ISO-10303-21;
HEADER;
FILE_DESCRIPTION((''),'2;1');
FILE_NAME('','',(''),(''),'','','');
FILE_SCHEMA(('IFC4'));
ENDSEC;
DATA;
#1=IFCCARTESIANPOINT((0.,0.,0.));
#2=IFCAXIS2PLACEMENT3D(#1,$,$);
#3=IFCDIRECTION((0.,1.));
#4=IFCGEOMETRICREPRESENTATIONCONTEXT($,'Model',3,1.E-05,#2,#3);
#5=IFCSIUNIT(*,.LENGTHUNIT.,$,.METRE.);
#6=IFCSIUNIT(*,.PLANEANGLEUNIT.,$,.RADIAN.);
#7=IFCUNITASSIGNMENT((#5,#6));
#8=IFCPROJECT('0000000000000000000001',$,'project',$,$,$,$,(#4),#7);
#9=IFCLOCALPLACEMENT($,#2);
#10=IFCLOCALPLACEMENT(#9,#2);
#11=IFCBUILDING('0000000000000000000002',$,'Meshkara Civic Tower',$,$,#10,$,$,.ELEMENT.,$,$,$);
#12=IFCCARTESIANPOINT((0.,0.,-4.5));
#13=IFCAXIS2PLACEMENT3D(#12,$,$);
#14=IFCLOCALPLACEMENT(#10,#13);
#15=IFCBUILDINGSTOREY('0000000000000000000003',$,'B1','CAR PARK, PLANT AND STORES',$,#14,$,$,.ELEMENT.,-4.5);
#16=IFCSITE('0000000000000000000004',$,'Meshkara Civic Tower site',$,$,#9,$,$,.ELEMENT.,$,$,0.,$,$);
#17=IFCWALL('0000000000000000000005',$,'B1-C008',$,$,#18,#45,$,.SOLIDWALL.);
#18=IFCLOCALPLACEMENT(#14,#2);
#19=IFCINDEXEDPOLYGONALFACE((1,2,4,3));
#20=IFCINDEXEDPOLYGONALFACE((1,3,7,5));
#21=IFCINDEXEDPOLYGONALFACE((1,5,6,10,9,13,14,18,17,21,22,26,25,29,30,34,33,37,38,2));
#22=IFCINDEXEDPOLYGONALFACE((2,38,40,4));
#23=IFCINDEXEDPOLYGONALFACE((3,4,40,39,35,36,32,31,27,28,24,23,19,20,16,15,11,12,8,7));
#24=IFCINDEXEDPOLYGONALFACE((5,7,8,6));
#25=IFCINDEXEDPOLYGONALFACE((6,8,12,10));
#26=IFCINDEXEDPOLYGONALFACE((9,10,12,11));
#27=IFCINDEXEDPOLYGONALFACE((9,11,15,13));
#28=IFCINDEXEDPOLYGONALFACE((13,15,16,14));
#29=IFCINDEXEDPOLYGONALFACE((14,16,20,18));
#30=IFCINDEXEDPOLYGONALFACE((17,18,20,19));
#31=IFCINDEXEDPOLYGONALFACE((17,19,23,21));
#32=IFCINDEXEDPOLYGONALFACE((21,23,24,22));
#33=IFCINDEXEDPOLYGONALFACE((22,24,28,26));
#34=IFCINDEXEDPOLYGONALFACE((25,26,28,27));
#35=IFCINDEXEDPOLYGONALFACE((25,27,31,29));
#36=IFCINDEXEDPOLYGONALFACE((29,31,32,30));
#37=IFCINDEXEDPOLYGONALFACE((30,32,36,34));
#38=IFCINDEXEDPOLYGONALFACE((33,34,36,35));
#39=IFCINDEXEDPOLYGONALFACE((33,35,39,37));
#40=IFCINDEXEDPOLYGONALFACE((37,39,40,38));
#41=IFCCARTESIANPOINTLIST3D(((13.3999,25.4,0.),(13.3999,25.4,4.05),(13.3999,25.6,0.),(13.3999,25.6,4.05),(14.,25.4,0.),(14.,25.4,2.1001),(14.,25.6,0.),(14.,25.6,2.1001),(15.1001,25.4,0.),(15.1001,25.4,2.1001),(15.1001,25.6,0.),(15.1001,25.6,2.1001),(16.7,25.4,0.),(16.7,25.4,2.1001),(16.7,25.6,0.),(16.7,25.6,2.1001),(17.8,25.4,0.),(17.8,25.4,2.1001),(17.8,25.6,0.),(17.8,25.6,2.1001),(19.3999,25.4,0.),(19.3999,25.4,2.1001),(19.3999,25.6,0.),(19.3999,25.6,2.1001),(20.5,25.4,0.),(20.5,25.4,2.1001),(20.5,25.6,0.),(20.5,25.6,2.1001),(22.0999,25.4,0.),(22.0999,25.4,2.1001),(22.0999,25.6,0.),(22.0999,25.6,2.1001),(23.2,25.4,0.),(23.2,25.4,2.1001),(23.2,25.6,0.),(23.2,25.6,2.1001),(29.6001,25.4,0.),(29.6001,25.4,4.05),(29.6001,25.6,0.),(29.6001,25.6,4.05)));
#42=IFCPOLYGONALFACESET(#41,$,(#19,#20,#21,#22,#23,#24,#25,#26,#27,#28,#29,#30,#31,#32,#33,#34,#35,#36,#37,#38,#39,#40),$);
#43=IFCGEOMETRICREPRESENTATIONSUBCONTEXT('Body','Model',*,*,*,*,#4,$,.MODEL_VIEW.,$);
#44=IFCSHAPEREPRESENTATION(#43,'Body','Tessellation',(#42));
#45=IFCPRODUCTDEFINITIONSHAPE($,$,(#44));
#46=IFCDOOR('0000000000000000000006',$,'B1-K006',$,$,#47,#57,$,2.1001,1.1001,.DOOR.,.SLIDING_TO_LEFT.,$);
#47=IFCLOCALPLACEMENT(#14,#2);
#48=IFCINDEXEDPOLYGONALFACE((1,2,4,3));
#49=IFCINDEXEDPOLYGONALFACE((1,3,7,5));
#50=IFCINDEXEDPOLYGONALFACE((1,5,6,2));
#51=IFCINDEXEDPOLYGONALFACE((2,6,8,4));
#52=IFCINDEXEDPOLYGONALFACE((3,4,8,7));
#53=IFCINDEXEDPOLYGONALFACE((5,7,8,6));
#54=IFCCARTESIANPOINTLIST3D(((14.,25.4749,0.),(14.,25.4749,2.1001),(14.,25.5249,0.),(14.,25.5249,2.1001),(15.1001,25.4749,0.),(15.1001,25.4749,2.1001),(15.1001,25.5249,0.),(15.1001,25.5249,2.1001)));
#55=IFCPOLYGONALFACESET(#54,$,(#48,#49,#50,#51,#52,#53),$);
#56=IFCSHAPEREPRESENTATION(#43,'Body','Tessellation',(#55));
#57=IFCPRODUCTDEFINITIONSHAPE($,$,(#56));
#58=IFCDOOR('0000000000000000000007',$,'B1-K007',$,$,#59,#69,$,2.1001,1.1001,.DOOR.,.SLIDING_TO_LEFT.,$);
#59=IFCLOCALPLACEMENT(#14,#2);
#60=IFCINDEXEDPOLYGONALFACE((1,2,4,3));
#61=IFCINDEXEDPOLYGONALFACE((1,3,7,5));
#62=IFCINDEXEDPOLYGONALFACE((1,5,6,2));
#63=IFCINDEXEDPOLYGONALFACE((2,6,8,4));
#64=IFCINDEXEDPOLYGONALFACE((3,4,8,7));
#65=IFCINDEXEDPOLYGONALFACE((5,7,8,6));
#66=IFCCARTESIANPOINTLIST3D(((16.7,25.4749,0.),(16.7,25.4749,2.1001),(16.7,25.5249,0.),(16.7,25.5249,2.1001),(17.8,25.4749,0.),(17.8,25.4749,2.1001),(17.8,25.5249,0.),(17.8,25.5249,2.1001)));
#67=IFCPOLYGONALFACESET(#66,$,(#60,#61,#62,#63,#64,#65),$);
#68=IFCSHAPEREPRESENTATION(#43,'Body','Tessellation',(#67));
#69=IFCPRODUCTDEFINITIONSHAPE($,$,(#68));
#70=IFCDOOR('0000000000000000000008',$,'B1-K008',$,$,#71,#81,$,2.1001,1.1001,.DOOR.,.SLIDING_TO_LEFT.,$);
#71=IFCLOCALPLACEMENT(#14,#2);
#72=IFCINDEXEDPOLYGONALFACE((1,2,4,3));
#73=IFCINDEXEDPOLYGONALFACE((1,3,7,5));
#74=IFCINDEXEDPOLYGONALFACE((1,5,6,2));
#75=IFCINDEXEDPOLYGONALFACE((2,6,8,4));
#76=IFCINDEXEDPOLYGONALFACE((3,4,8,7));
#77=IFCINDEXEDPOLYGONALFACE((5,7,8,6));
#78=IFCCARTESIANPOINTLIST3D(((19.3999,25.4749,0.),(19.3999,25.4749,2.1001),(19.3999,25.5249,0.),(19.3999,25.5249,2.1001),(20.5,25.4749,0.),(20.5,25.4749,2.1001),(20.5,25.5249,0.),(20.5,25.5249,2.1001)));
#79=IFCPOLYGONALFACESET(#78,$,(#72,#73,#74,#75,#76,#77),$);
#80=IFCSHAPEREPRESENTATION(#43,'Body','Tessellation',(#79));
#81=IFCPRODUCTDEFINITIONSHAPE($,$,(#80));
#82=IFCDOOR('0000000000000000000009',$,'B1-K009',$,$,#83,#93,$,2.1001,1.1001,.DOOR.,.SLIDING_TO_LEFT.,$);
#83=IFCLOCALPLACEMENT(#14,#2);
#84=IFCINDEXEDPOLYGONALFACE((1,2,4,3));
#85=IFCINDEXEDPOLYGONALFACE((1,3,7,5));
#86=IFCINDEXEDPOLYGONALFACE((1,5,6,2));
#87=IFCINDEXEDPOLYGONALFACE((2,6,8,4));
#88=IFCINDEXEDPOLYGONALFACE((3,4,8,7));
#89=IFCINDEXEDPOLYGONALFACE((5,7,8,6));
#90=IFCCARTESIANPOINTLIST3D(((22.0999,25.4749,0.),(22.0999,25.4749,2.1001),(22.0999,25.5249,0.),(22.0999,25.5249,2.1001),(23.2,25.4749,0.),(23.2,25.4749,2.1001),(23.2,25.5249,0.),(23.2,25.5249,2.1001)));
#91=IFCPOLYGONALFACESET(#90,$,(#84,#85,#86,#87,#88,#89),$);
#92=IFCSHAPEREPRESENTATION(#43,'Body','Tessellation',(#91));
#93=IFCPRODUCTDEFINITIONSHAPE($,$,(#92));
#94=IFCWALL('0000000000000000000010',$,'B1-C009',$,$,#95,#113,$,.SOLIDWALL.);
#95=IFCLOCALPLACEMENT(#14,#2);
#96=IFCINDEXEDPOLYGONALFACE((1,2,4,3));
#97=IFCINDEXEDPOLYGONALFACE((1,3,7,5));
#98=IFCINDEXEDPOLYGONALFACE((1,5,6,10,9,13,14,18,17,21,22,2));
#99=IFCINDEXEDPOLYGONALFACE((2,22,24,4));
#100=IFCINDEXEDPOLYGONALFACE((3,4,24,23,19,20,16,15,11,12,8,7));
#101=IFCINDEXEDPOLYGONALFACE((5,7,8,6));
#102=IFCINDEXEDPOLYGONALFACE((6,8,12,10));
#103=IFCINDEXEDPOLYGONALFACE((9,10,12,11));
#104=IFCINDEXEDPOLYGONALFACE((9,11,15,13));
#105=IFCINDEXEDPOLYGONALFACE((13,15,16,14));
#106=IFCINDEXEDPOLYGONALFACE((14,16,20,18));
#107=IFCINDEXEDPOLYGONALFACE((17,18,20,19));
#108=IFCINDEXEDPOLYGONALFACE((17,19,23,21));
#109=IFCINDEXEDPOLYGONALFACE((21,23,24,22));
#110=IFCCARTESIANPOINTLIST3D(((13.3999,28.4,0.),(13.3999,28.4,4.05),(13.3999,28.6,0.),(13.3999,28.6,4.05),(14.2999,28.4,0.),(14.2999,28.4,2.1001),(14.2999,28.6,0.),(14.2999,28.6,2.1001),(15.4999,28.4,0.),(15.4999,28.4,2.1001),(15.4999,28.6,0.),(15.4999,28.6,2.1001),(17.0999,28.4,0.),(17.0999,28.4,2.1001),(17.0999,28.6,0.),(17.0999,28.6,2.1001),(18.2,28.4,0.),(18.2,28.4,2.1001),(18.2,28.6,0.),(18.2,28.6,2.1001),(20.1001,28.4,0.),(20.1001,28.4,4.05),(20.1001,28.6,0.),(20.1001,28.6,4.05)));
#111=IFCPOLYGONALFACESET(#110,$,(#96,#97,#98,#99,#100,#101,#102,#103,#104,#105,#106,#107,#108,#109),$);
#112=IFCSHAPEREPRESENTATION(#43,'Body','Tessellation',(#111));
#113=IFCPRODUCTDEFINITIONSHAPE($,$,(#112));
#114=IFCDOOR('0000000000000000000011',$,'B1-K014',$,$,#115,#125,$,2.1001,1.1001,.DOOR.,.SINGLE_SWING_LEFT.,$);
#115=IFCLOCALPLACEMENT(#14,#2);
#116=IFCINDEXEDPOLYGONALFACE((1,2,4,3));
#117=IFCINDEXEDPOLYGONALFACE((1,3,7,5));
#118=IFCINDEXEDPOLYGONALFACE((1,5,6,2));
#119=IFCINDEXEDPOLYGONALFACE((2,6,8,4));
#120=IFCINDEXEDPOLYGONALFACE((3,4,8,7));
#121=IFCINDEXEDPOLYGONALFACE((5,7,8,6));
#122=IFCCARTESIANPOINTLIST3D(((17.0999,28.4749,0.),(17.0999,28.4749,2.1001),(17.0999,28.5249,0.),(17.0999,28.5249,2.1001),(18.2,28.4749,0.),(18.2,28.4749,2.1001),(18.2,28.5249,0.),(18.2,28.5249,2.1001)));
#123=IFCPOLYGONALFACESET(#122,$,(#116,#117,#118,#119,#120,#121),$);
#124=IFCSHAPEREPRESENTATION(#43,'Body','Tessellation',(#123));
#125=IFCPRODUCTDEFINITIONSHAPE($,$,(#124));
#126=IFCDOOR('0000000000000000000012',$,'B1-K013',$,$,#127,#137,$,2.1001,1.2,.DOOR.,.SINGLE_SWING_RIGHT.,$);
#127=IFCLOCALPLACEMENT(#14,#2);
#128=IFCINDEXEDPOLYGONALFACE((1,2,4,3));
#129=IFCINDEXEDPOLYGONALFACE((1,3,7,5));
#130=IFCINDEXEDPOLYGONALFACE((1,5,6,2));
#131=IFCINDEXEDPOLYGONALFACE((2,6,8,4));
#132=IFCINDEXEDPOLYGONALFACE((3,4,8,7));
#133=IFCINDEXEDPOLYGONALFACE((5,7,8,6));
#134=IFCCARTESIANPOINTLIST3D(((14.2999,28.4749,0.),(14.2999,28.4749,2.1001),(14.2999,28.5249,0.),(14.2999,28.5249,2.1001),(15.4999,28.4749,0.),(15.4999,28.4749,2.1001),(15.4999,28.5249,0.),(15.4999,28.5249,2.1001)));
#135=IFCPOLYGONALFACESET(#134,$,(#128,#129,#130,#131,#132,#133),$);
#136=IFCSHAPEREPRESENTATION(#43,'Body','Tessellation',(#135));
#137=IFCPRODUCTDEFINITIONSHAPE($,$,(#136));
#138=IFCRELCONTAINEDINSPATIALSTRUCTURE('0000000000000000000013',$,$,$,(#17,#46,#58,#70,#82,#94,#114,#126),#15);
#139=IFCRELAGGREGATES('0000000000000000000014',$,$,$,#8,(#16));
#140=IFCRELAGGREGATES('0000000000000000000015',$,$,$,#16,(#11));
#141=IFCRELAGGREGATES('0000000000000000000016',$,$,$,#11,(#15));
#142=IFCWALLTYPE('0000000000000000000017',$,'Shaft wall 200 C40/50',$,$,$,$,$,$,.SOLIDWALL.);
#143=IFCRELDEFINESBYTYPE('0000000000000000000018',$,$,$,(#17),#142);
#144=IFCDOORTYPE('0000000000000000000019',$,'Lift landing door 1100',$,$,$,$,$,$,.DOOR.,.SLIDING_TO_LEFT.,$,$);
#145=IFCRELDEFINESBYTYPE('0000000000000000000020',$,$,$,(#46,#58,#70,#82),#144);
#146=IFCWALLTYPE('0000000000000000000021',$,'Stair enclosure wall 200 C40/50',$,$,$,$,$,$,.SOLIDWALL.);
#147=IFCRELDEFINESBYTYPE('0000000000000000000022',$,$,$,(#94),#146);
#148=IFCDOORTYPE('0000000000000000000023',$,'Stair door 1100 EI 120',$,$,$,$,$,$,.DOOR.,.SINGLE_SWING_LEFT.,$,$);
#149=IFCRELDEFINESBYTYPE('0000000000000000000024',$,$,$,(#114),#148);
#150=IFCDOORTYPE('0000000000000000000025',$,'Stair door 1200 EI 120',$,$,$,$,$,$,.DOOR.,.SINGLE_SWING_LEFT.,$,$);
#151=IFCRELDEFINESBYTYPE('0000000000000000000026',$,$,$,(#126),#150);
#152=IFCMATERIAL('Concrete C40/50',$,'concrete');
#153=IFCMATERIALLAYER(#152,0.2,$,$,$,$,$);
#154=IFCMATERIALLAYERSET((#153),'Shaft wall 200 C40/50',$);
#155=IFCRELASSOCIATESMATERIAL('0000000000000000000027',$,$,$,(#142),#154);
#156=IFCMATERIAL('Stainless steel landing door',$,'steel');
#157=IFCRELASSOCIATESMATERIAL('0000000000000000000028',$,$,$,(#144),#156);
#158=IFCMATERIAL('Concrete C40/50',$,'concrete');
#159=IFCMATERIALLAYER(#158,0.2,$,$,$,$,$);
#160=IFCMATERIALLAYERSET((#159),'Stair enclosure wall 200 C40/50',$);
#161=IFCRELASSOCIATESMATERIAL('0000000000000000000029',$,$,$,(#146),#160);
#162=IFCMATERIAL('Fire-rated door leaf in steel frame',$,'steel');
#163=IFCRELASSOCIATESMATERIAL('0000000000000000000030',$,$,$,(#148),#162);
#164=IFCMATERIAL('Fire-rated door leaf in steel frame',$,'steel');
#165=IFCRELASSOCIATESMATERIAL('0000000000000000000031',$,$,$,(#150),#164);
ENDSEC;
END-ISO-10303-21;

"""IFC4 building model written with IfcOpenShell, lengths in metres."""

from ifc_helpers import new_model, si_unit, direction, frame, frame_2d, origin, place, context, subcontext, project, spatial, rectangle, extrude, material, layer, layer_set, type_object, element, fill, save


model = new_model("IFC4")

# Units and contexts
model_context = context("Model", 3, precision=1e-05, world=origin(), true_north=direction((0.0, 1.0)))
body_context = subcontext(model_context, "Body", "Model", "MODEL_VIEW")
ifc_project = project(units=[si_unit("LENGTHUNIT", "METRE"), si_unit("PLANEANGLEUNIT", "RADIAN")], contexts=[model_context])

# Site, building, storey
site_placement = place(None, origin())
site = spatial("IfcSite", under=ifc_project, at=site_placement, Name="Meshkara Civic Tower site", CompositionType="ELEMENT", RefElevation=0.0)
building_placement = place(site_placement, origin())
building = spatial("IfcBuilding", under=site, at=building_placement, Name="Meshkara Civic Tower", CompositionType="ELEMENT")
storey_placement = place(building_placement, frame((0.0, 0.0, -4.5)))
storey = spatial("IfcBuildingStorey", under=building, at=storey_placement, Name="B1", Description="CAR PARK, PLANT AND STORES", CompositionType="ELEMENT", Elevation=-4.5)

# Walls, openings, doors
ifc_material_1 = material(Name="Concrete C40/50", Category="concrete")
ifc_layer_1 = layer(ifc_material_1, 0.2)
ifc_layer_set_1 = layer_set([ifc_layer_1], Name="Shaft wall 200 C40/50")
wall_type_1 = type_object("IfcWallType", Name="Shaft wall 200 C40/50", PredefinedType="SOLIDWALL", material=ifc_layer_set_1)
ifc_material_2 = material(Name="Stainless steel landing door", Category="steel")
door_type_1 = type_object("IfcDoorType", Name="Lift landing door 1100", OperationType="SLIDING_TO_LEFT", PredefinedType="DOOR", material=ifc_material_2)
wall_1_placement = place(storey_placement, frame((13.3999, 25.5, 0.0), z_axis=(0.0, 0.0, 1.0), x_axis=(1.0, 0.0, 0.0)))
wall_1 = element("IfcWall", 1, at=wall_1_placement, inside=storey, type_object=wall_type_1, Name="B1-C008", PredefinedType="SOLIDWALL", context=body_context, shape_type="SweptSolid", body=[
    extrude(rectangle(XDim=16.2002, YDim=0.2, at=frame_2d((8.1001, 0.0))), origin(), (0.0, 0.0, 1.0), 4.05),
])
opening_1_placement = place(wall_1_placement, frame((0.6001, 0.0, 0.0)))
opening_1 = element("IfcOpeningElement", 2, at=opening_1_placement, cuts=wall_1, PredefinedType="OPENING", context=body_context, shape_type="SweptSolid", body=[
    extrude(rectangle(XDim=1.1001, YDim=2.1001, at=frame_2d((0.55, 1.05))), frame((0.0, 0.1099, 0.0), z_axis=(0.0, -1.0, 0.0), x_axis=(1.0, 0.0, 0.0)), (0.0, 0.0, 1.0), 0.22),
])
opening_2_placement = place(wall_1_placement, frame((3.3, 0.0, 0.0)))
opening_2 = element("IfcOpeningElement", 3, at=opening_2_placement, cuts=wall_1, PredefinedType="OPENING", context=body_context, shape_type="SweptSolid", body=[
    extrude(rectangle(XDim=1.1001, YDim=2.1001, at=frame_2d((0.55, 1.05))), frame((0.0, 0.1099, 0.0), z_axis=(0.0, -1.0, 0.0), x_axis=(1.0, 0.0, 0.0)), (0.0, 0.0, 1.0), 0.22),
])
opening_3_placement = place(wall_1_placement, frame((6.0, 0.0, 0.0)))
opening_3 = element("IfcOpeningElement", 4, at=opening_3_placement, cuts=wall_1, PredefinedType="OPENING", context=body_context, shape_type="SweptSolid", body=[
    extrude(rectangle(XDim=1.1001, YDim=2.1001, at=frame_2d((0.55, 1.05))), frame((0.0, 0.1099, 0.0), z_axis=(0.0, -1.0, 0.0), x_axis=(1.0, 0.0, 0.0)), (0.0, 0.0, 1.0), 0.22),
])
opening_4_placement = place(wall_1_placement, frame((8.7, 0.0, 0.0)))
opening_4 = element("IfcOpeningElement", 5, at=opening_4_placement, cuts=wall_1, PredefinedType="OPENING", context=body_context, shape_type="SweptSolid", body=[
    extrude(rectangle(XDim=1.1001, YDim=2.1001, at=frame_2d((0.55, 1.05))), frame((0.0, 0.1099, 0.0), z_axis=(0.0, -1.0, 0.0), x_axis=(1.0, 0.0, 0.0)), (0.0, 0.0, 1.0), 0.22),
])
door_1_placement = place(opening_1_placement, origin())
door_1 = element("IfcDoor", 6, at=door_1_placement, inside=storey, type_object=door_type_1, Name="B1-K006", OperationType="SLIDING_TO_LEFT", OverallHeight=2.1001, OverallWidth=1.1001, PredefinedType="DOOR", context=body_context, shape_type="SweptSolid", body=[
    extrude(rectangle(XDim=1.1001, YDim=2.1001, at=frame_2d((0.55, 1.05))), frame((0.0, 0.0249, 0.0), z_axis=(0.0, -1.0, 0.0), x_axis=(1.0, 0.0, 0.0)), (0.0, 0.0, 1.0), 0.05),
])
fill(opening_1, door_1)
door_2_placement = place(opening_2_placement, origin())
door_2 = element("IfcDoor", 7, at=door_2_placement, inside=storey, type_object=door_type_1, Name="B1-K007", OperationType="SLIDING_TO_LEFT", OverallHeight=2.1001, OverallWidth=1.1001, PredefinedType="DOOR", context=body_context, shape_type="SweptSolid", body=[
    extrude(rectangle(XDim=1.1001, YDim=2.1001, at=frame_2d((0.55, 1.05))), frame((0.0, 0.0249, 0.0), z_axis=(0.0, -1.0, 0.0), x_axis=(1.0, 0.0, 0.0)), (0.0, 0.0, 1.0), 0.05),
])
fill(opening_2, door_2)
door_3_placement = place(opening_3_placement, origin())
door_3 = element("IfcDoor", 8, at=door_3_placement, inside=storey, type_object=door_type_1, Name="B1-K008", OperationType="SLIDING_TO_LEFT", OverallHeight=2.1001, OverallWidth=1.1001, PredefinedType="DOOR", context=body_context, shape_type="SweptSolid", body=[
    extrude(rectangle(XDim=1.1001, YDim=2.1001, at=frame_2d((0.55, 1.05))), frame((0.0, 0.0249, 0.0), z_axis=(0.0, -1.0, 0.0), x_axis=(1.0, 0.0, 0.0)), (0.0, 0.0, 1.0), 0.05),
])
fill(opening_3, door_3)
door_4_placement = place(opening_4_placement, origin())
door_4 = element("IfcDoor", 9, at=door_4_placement, inside=storey, type_object=door_type_1, Name="B1-K009", OperationType="SLIDING_TO_LEFT", OverallHeight=2.1001, OverallWidth=1.1001, PredefinedType="DOOR", context=body_context, shape_type="SweptSolid", body=[
    extrude(rectangle(XDim=1.1001, YDim=2.1001, at=frame_2d((0.55, 1.05))), frame((0.0, 0.0249, 0.0), z_axis=(0.0, -1.0, 0.0), x_axis=(1.0, 0.0, 0.0)), (0.0, 0.0, 1.0), 0.05),
])
fill(opening_4, door_4)
ifc_material_3 = material(Name="Concrete C40/50", Category="concrete")
ifc_layer_2 = layer(ifc_material_3, 0.2)
ifc_layer_set_2 = layer_set([ifc_layer_2], Name="Stair enclosure wall 200 C40/50")
wall_type_2 = type_object("IfcWallType", Name="Stair enclosure wall 200 C40/50", PredefinedType="SOLIDWALL", material=ifc_layer_set_2)
wall_2_placement = place(storey_placement, frame((13.3999, 28.5, 0.0), z_axis=(0.0, 0.0, 1.0), x_axis=(1.0, 0.0, 0.0)))
wall_2 = element("IfcWall", 10, at=wall_2_placement, inside=storey, type_object=wall_type_2, Name="B1-C009", PredefinedType="SOLIDWALL", context=body_context, shape_type="SweptSolid", body=[
    extrude(rectangle(XDim=6.7002, YDim=0.2, at=frame_2d((3.3501, 0.0))), origin(), (0.0, 0.0, 1.0), 4.05),
])
opening_5_placement = place(wall_2_placement, frame((0.8999, 0.0, 0.0)))
opening_5 = element("IfcOpeningElement", 11, at=opening_5_placement, cuts=wall_2, PredefinedType="OPENING", context=body_context, shape_type="SweptSolid", body=[
    extrude(rectangle(XDim=1.2, YDim=2.1001, at=frame_2d((0.6001, 1.05))), frame((0.0, 0.1099, 0.0), z_axis=(0.0, -1.0, 0.0), x_axis=(1.0, 0.0, 0.0)), (0.0, 0.0, 1.0), 0.22),
])
opening_6_placement = place(wall_2_placement, frame((3.7, 0.0, 0.0)))
opening_6 = element("IfcOpeningElement", 12, at=opening_6_placement, cuts=wall_2, PredefinedType="OPENING", context=body_context, shape_type="SweptSolid", body=[
    extrude(rectangle(XDim=1.1001, YDim=2.1001, at=frame_2d((0.55, 1.05))), frame((0.0, 0.1099, 0.0), z_axis=(0.0, -1.0, 0.0), x_axis=(1.0, 0.0, 0.0)), (0.0, 0.0, 1.0), 0.22),
])
ifc_material_4 = material(Name="Fire-rated door leaf in steel frame", Category="steel")
door_type_2 = type_object("IfcDoorType", Name="Stair door 1100 EI 120", OperationType="SINGLE_SWING_LEFT", PredefinedType="DOOR", material=ifc_material_4)
door_5_placement = place(opening_6_placement, origin())
door_5 = element("IfcDoor", 13, at=door_5_placement, inside=storey, type_object=door_type_2, Name="B1-K014", OperationType="SINGLE_SWING_LEFT", OverallHeight=2.1001, OverallWidth=1.1001, PredefinedType="DOOR", context=body_context, shape_type="SweptSolid", body=[
    extrude(rectangle(XDim=1.1001, YDim=2.1001, at=frame_2d((0.55, 1.05))), frame((0.0, 0.0249, 0.0), z_axis=(0.0, -1.0, 0.0), x_axis=(1.0, 0.0, 0.0)), (0.0, 0.0, 1.0), 0.05),
])
fill(opening_6, door_5)
ifc_material_5 = material(Name="Fire-rated door leaf in steel frame", Category="steel")
door_type_3 = type_object("IfcDoorType", Name="Stair door 1200 EI 120", OperationType="SINGLE_SWING_LEFT", PredefinedType="DOOR", material=ifc_material_5)
door_6_placement = place(opening_5_placement, origin())
door_6 = element("IfcDoor", 14, at=door_6_placement, inside=storey, type_object=door_type_3, Name="B1-K013", OperationType="SINGLE_SWING_RIGHT", OverallHeight=2.1001, OverallWidth=1.2, PredefinedType="DOOR", context=body_context, shape_type="SweptSolid", body=[
    extrude(rectangle(XDim=1.2, YDim=2.1001, at=frame_2d((0.6001, 1.05))), frame((0.0, 0.0249, 0.0), z_axis=(0.0, -1.0, 0.0), x_axis=(1.0, 0.0, 0.0)), (0.0, 0.0, 1.0), 0.05),
])
fill(opening_5, door_6)

save(model, "model.ifc")
